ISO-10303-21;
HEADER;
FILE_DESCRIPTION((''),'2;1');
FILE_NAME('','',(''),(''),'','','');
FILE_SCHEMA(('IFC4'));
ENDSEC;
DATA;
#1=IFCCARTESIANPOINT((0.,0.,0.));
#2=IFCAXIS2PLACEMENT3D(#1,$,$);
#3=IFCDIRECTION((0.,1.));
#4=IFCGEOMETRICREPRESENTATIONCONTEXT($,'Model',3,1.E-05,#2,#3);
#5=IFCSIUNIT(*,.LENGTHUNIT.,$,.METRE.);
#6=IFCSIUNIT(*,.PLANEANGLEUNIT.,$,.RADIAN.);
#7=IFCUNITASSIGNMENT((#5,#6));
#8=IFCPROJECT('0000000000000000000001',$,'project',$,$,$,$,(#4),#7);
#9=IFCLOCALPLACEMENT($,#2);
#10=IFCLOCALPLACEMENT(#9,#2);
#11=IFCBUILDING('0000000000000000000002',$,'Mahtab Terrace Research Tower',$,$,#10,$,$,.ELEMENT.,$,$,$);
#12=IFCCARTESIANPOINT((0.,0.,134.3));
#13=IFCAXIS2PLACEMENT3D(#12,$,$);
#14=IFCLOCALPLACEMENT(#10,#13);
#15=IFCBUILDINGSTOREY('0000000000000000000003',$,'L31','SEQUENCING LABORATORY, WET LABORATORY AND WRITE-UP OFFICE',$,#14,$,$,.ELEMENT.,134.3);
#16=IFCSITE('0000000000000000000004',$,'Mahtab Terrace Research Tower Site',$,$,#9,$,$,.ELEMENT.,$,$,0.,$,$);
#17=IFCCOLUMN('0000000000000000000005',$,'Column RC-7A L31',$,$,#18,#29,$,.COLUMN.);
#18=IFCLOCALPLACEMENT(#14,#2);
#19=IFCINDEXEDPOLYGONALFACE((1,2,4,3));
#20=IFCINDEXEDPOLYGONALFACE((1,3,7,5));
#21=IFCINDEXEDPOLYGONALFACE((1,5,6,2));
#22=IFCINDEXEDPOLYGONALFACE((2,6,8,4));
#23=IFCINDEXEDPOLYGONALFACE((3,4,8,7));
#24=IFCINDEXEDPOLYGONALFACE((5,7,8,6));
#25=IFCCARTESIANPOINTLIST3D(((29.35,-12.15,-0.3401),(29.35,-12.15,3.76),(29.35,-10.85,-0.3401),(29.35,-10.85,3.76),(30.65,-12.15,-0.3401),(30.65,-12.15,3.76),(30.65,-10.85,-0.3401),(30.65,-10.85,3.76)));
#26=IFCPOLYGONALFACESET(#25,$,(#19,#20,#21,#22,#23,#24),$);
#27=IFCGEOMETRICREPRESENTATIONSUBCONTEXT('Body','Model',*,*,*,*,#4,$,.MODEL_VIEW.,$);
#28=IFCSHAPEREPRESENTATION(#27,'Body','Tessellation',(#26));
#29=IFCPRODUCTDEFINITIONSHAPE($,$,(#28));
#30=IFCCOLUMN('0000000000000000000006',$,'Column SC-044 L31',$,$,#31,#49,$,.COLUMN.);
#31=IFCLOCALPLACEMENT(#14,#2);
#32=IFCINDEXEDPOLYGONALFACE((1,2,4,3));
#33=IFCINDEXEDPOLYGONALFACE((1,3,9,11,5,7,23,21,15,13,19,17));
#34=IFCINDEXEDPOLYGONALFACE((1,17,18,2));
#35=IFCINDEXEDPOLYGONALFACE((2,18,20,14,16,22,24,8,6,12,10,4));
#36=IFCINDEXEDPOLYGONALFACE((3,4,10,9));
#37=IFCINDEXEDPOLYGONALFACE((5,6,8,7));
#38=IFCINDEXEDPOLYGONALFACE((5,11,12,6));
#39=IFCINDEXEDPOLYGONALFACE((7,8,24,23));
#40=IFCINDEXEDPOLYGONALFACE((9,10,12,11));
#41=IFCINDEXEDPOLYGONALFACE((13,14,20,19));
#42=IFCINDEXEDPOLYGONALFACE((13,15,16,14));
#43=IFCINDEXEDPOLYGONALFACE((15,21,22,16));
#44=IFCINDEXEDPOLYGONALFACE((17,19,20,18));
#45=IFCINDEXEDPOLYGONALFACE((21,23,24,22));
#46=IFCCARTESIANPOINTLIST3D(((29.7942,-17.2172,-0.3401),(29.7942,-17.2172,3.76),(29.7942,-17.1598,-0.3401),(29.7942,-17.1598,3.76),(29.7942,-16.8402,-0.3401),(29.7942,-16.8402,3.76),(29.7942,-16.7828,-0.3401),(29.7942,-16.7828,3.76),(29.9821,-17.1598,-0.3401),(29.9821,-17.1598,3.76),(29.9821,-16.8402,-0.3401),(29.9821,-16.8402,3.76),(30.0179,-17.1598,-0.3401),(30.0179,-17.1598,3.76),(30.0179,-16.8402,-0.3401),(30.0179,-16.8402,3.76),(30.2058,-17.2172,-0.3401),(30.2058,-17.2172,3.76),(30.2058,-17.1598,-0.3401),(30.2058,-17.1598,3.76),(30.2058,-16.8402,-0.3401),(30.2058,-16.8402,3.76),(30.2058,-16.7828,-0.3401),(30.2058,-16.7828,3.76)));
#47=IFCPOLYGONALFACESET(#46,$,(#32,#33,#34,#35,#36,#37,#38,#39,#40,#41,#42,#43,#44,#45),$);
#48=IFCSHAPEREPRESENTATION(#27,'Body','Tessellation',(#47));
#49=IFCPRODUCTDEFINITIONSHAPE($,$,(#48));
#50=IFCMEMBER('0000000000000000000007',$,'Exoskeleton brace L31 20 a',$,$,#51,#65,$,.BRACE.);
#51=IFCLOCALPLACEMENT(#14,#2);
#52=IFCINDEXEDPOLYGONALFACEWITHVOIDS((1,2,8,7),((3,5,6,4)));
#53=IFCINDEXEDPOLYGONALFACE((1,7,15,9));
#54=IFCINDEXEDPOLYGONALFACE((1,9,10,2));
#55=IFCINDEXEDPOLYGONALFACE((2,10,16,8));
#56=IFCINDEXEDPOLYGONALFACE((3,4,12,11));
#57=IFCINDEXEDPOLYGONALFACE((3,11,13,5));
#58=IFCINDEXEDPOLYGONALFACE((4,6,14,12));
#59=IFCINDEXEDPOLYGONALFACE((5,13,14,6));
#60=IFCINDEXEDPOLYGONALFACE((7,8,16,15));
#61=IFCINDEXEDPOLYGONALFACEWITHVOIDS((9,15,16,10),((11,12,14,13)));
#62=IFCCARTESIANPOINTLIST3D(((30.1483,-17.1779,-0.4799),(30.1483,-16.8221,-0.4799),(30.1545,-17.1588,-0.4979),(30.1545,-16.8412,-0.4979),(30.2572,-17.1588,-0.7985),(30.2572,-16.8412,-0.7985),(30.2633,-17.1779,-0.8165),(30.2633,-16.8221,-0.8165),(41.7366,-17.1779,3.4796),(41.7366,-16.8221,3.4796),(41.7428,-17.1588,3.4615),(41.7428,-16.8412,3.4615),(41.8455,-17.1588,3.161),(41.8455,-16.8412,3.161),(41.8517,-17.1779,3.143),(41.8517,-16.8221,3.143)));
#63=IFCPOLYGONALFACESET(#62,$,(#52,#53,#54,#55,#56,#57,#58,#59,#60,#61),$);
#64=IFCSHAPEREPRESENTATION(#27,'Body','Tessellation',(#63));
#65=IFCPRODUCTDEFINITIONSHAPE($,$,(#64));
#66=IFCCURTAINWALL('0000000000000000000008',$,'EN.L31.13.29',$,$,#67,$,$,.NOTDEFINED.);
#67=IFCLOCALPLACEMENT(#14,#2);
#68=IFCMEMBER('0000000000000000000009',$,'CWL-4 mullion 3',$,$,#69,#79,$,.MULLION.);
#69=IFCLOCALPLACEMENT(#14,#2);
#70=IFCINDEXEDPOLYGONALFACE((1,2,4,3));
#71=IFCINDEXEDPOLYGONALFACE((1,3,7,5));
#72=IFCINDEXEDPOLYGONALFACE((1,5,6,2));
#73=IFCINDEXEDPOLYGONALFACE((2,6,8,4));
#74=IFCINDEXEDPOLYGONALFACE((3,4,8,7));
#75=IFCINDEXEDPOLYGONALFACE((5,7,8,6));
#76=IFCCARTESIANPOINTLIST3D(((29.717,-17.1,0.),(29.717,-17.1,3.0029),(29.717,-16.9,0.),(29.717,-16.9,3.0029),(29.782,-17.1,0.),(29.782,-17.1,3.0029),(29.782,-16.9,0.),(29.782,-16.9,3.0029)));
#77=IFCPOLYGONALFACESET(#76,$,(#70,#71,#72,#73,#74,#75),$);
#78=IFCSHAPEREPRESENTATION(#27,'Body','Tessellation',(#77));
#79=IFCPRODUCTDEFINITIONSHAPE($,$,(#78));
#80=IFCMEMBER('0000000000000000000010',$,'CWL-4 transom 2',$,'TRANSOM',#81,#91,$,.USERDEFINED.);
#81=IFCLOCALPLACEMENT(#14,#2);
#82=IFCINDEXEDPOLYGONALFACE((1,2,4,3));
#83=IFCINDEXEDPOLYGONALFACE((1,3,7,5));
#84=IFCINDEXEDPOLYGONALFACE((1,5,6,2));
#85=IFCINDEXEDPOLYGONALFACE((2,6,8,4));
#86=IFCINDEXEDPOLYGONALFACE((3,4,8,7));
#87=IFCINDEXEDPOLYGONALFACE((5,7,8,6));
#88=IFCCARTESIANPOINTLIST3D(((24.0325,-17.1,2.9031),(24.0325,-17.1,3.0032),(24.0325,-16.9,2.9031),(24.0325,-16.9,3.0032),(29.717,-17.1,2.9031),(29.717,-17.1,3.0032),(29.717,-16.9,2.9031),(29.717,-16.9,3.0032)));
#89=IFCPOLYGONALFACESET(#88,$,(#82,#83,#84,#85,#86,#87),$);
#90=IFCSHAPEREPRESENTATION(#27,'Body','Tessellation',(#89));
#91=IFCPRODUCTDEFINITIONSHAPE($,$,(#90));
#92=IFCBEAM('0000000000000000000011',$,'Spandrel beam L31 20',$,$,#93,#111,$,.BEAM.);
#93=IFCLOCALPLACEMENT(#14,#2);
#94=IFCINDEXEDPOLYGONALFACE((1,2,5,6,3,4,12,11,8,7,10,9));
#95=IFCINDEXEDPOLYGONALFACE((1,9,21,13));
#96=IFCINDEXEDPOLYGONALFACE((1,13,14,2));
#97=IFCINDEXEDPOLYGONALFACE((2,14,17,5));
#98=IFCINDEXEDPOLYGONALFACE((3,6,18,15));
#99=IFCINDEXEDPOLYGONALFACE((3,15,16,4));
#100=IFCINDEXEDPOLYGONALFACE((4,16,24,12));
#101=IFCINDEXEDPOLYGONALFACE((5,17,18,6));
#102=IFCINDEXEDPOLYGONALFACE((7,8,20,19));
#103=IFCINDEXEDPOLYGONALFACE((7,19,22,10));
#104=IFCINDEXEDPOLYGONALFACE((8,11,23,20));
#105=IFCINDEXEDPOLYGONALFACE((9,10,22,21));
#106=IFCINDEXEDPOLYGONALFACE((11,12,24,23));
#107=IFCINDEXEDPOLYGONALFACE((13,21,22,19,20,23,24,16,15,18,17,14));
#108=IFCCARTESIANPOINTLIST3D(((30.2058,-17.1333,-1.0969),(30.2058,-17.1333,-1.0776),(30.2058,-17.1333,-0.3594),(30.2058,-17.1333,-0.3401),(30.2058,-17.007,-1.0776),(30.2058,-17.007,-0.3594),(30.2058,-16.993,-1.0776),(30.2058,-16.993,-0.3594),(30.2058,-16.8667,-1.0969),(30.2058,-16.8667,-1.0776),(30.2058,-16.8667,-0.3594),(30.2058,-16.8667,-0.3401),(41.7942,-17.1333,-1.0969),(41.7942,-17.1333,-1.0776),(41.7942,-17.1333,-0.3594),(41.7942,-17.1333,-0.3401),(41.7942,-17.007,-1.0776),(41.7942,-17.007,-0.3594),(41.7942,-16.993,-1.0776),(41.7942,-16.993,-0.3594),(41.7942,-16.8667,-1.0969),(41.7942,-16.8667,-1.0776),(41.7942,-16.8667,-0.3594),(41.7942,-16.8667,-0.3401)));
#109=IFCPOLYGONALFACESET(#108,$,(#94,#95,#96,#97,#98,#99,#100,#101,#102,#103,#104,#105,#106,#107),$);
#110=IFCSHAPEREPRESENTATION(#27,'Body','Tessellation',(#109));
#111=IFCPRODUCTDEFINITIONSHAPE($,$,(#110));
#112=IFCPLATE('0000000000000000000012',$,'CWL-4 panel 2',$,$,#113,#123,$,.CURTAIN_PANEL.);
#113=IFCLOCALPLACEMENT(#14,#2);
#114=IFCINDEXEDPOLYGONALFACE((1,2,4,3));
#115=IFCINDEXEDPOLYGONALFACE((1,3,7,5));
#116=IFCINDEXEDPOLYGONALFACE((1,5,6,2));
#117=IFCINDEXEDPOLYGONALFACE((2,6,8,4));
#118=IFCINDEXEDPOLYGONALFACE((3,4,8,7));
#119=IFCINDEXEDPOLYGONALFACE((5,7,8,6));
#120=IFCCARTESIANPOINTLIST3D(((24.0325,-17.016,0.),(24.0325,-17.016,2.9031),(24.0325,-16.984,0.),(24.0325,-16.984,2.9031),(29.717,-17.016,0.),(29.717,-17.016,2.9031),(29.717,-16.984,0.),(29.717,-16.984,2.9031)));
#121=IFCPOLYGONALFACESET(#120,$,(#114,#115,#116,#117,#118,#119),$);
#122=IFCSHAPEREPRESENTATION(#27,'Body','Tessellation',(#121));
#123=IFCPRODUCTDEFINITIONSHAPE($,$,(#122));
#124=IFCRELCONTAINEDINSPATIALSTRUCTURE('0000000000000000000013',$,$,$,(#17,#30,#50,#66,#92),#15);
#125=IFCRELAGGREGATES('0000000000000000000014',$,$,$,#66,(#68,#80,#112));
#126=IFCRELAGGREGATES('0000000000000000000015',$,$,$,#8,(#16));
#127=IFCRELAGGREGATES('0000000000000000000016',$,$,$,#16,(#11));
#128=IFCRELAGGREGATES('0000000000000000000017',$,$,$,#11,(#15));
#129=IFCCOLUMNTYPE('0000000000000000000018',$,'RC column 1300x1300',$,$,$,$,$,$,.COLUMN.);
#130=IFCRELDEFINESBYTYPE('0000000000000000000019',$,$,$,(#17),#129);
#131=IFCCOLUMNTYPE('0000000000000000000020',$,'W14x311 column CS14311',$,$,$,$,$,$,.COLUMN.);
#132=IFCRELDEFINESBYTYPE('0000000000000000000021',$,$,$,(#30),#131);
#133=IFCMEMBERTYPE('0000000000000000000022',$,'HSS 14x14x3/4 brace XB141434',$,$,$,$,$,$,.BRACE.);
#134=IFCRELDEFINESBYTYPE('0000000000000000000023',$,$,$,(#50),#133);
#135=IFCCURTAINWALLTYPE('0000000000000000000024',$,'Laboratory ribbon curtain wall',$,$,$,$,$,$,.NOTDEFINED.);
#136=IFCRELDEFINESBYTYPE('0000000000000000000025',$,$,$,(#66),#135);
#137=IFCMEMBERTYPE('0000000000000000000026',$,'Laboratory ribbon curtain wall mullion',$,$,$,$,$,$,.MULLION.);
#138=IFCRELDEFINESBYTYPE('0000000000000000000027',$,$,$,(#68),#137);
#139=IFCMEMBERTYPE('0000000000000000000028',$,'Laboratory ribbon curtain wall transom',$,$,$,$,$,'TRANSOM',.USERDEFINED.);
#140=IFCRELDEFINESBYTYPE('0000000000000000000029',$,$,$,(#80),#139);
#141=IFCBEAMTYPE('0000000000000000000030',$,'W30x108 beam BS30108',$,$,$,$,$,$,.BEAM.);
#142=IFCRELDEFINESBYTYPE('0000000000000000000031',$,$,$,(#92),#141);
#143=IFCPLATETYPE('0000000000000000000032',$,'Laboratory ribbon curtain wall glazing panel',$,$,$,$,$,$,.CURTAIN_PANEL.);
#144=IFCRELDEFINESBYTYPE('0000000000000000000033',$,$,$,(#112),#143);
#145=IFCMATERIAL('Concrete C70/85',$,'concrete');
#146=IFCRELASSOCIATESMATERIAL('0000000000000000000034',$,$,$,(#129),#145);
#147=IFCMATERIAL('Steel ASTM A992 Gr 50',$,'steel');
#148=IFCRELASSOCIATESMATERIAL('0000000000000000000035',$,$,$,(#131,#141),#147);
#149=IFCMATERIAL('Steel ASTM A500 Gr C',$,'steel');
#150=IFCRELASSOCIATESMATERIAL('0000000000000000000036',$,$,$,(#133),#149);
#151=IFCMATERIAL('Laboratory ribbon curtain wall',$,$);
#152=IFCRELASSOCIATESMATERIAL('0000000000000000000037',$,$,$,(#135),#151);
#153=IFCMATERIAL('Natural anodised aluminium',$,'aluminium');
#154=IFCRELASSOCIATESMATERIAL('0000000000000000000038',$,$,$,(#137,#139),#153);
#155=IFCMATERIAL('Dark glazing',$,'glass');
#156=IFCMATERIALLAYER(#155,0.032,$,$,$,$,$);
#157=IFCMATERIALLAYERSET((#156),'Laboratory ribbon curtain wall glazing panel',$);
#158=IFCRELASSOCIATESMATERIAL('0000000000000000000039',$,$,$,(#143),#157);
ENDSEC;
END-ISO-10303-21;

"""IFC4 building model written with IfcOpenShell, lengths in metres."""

from ifc_helpers import new_model, si_unit, direction, frame, origin, origin_2d, place, context, subcontext, project, spatial, rectangle, hollow_rectangle, i_section, extrude, material, layer, layer_set, material_profile, profile_set, type_object, element, aggregate, save


model = new_model("IFC4")

# Units and contexts
model_context = context("Model", 3, precision=1e-05, world=origin(), true_north=direction((0.0, 1.0)))
body_context = subcontext(model_context, "Body", "Model", "MODEL_VIEW")
ifc_project = project(units=[si_unit("LENGTHUNIT", "METRE"), si_unit("PLANEANGLEUNIT", "RADIAN")], contexts=[model_context])

# Site, building, storey
site_placement = place(None, origin())
site = spatial("IfcSite", under=ifc_project, at=site_placement, Name="Mahtab Terrace Research Tower Site", CompositionType="ELEMENT", RefElevation=0.0)
building_placement = place(site_placement, origin())
building = spatial("IfcBuilding", under=site, at=building_placement, Name="Mahtab Terrace Research Tower", CompositionType="ELEMENT")
storey_placement = place(building_placement, frame((0.0, 0.0, 134.3)))
storey = spatial("IfcBuildingStorey", under=building, at=storey_placement, Name="L31", Description="SEQUENCING LABORATORY, WET LABORATORY AND WRITE-UP OFFICE", CompositionType="ELEMENT", Elevation=134.3)

# Columns
ifc_material_1 = material(Name="Concrete C70/85", Category="concrete")
ifc_material_profile_1 = material_profile(ifc_material_1, rectangle(XDim=1.3, YDim=1.3, at=origin_2d()), Name="RC column 1300x1300")
ifc_profile_set_1 = profile_set([ifc_material_profile_1], Name="Concrete C70/85")
column_type_1 = type_object("IfcColumnType", Name="RC column 1300x1300", PredefinedType="COLUMN", material=ifc_profile_set_1)
column_1_placement = place(storey_placement, frame((30.0, -11.5, -0.3401), z_axis=(0.0, 0.0, 1.0), x_axis=(1.0, 0.0, 0.0)))
element("IfcColumn", 1, at=column_1_placement, inside=storey, type_object=column_type_1, Name="Column RC-7A L31", PredefinedType="COLUMN", context=body_context, shape_type="SweptSolid", body=[
    extrude(rectangle(XDim=1.3, YDim=1.3, at=origin_2d()), origin(), (0.0, 0.0, 1.0), 4.1001),
])
ifc_material_2 = material(Name="Steel ASTM A992 Gr 50", Category="steel")
ifc_material_profile_2 = material_profile(ifc_material_2, i_section(OverallWidth=0.4116, OverallDepth=0.4343, WebThickness=0.0359, FlangeThickness=0.0574, at=origin_2d()), Name="W14X311")
ifc_profile_set_2 = profile_set([ifc_material_profile_2], Name="Steel ASTM A992 Gr 50")
column_type_2 = type_object("IfcColumnType", Name="W14x311 column CS14311", PredefinedType="COLUMN", material=ifc_profile_set_2)
column_2_placement = place(storey_placement, frame((30.0, -17.0, -0.3401), z_axis=(0.0, 0.0, 1.0), x_axis=(1.0, 0.0, 0.0)))
element("IfcColumn", 2, at=column_2_placement, inside=storey, type_object=column_type_2, Name="Column SC-044 L31", PredefinedType="COLUMN", context=body_context, shape_type="SweptSolid", body=[
    extrude(i_section(OverallWidth=0.4116, OverallDepth=0.4343, WebThickness=0.0359, FlangeThickness=0.0574, at=origin_2d()), origin(), (0.0, 0.0, 1.0), 4.1001),
])

# Member
ifc_material_3 = material(Name="Steel ASTM A500 Gr C", Category="steel")
ifc_material_profile_3 = material_profile(ifc_material_3, hollow_rectangle(XDim=0.3557, YDim=0.3557, WallThickness=0.019, at=origin_2d()), Name="HSS14X14X3/4")
ifc_profile_set_3 = profile_set([ifc_material_profile_3], Name="Steel ASTM A500 Gr C")
member_type_1 = type_object("IfcMemberType", Name="HSS 14x14x3/4 brace XB141434", PredefinedType="BRACE", material=ifc_profile_set_3)
member_1_placement = place(storey_placement, frame((30.2058, -17.0, -0.6482), z_axis=(0.946288, 0.0, 0.323324), x_axis=(0.0, 1.0, 0.0)))
element("IfcMember", 3, at=member_1_placement, inside=storey, type_object=member_type_1, Name="Exoskeleton brace L31 20 a", PredefinedType="BRACE", context=body_context, shape_type="SweptSolid", body=[
    extrude(hollow_rectangle(XDim=0.3557, YDim=0.3557, WallThickness=0.019, at=origin_2d()), origin(), (0.0, 0.0, 1.0), 12.2461),
])

# Curtain wall, members
ifc_material_4 = material(Name="Laboratory ribbon curtain wall")
curtain_wall_type = type_object("IfcCurtainWallType", Name="Laboratory ribbon curtain wall", PredefinedType="NOTDEFINED", material=ifc_material_4)
curtain_wall_placement = place(storey_placement, origin())
curtain_wall = element("IfcCurtainWall", 4, at=curtain_wall_placement, inside=storey, type_object=curtain_wall_type, Name="EN.L31.13.29", PredefinedType="NOTDEFINED")
ifc_material_5 = material(Name="Natural anodised aluminium", Category="aluminium")
ifc_material_profile_4 = material_profile(ifc_material_5, rectangle(XDim=0.2, YDim=0.0649, at=origin_2d()), Name="MULLION 65x200")
ifc_profile_set_4 = profile_set([ifc_material_profile_4], Name="Natural anodised aluminium")
member_type_2 = type_object("IfcMemberType", Name="Laboratory ribbon curtain wall mullion", PredefinedType="MULLION", material=ifc_profile_set_4)
member_2_placement = place(storey_placement, frame((29.7495, -17.0, 0.0), z_axis=(0.0, 0.0, 1.0), x_axis=(0.0, 1.0, 0.0)))
member_2 = element("IfcMember", 5, at=member_2_placement, type_object=member_type_2, Name="CWL-4 mullion 3", PredefinedType="MULLION", context=body_context, shape_type="SweptSolid", body=[
    extrude(rectangle(XDim=0.2, YDim=0.0649, at=origin_2d()), origin(), (0.0, 0.0, 1.0), 3.0029),
])
ifc_material_profile_5 = material_profile(ifc_material_5, rectangle(XDim=0.2, YDim=0.1001, at=origin_2d()), Name="TRANSOM 100x200")
ifc_profile_set_5 = profile_set([ifc_material_profile_5], Name="Natural anodised aluminium")
member_type_3 = type_object("IfcMemberType", Name="Laboratory ribbon curtain wall transom", ElementType="TRANSOM", PredefinedType="USERDEFINED", material=ifc_profile_set_5)
member_3_placement = place(storey_placement, frame((24.0325, -17.0, 2.9531), z_axis=(1.0, 0.0, 0.0), x_axis=(0.0, 1.0, 0.0)))
member_3 = element("IfcMember", 6, at=member_3_placement, type_object=member_type_3, Name="CWL-4 transom 2", ObjectType="TRANSOM", PredefinedType="USERDEFINED", context=body_context, shape_type="SweptSolid", body=[
    extrude(rectangle(XDim=0.2, YDim=0.1001, at=origin_2d()), origin(), (0.0, 0.0, 1.0), 5.6846),
])

# Beam
ifc_material_profile_6 = material_profile(ifc_material_2, i_section(OverallWidth=0.2666, OverallDepth=0.7568, WebThickness=0.0139, FlangeThickness=0.0193, at=origin_2d()), Name="W30X108")
ifc_profile_set_6 = profile_set([ifc_material_profile_6], Name="Steel ASTM A992 Gr 50")
beam_type = type_object("IfcBeamType", Name="W30x108 beam BS30108", PredefinedType="BEAM", material=ifc_profile_set_6)
beam_placement = place(storey_placement, frame((30.2058, -17.0, -0.7185), z_axis=(1.0, 0.0, 0.0), x_axis=(0.0, 1.0, 0.0)))
element("IfcBeam", 7, at=beam_placement, inside=storey, type_object=beam_type, Name="Spandrel beam L31 20", PredefinedType="BEAM", context=body_context, shape_type="SweptSolid", body=[
    extrude(i_section(OverallWidth=0.2666, OverallDepth=0.7568, WebThickness=0.0139, FlangeThickness=0.0193, at=origin_2d()), origin(), (0.0, 0.0, 1.0), 11.5884),
])

# Plate
ifc_material_6 = material(Name="Dark glazing", Category="glass")
ifc_layer_1 = layer(ifc_material_6, 0.032)
ifc_layer_set_1 = layer_set([ifc_layer_1], Name="Laboratory ribbon curtain wall glazing panel")
plate_type = type_object("IfcPlateType", Name="Laboratory ribbon curtain wall glazing panel", PredefinedType="CURTAIN_PANEL", material=ifc_layer_set_1)
plate_placement = place(storey_placement, frame((26.8748, -17.0, 0.0), z_axis=(0.0, 0.0, 1.0), x_axis=(1.0, 0.0, 0.0)))
plate = element("IfcPlate", 8, at=plate_placement, type_object=plate_type, Name="CWL-4 panel 2", PredefinedType="CURTAIN_PANEL", context=body_context, shape_type="SweptSolid", body=[
    extrude(rectangle(XDim=5.6846, YDim=0.032, at=origin_2d()), origin(), (0.0, 0.0, 1.0), 2.9031),
])
aggregate(curtain_wall, [member_2, member_3, plate])

save(model, "model.ifc")
